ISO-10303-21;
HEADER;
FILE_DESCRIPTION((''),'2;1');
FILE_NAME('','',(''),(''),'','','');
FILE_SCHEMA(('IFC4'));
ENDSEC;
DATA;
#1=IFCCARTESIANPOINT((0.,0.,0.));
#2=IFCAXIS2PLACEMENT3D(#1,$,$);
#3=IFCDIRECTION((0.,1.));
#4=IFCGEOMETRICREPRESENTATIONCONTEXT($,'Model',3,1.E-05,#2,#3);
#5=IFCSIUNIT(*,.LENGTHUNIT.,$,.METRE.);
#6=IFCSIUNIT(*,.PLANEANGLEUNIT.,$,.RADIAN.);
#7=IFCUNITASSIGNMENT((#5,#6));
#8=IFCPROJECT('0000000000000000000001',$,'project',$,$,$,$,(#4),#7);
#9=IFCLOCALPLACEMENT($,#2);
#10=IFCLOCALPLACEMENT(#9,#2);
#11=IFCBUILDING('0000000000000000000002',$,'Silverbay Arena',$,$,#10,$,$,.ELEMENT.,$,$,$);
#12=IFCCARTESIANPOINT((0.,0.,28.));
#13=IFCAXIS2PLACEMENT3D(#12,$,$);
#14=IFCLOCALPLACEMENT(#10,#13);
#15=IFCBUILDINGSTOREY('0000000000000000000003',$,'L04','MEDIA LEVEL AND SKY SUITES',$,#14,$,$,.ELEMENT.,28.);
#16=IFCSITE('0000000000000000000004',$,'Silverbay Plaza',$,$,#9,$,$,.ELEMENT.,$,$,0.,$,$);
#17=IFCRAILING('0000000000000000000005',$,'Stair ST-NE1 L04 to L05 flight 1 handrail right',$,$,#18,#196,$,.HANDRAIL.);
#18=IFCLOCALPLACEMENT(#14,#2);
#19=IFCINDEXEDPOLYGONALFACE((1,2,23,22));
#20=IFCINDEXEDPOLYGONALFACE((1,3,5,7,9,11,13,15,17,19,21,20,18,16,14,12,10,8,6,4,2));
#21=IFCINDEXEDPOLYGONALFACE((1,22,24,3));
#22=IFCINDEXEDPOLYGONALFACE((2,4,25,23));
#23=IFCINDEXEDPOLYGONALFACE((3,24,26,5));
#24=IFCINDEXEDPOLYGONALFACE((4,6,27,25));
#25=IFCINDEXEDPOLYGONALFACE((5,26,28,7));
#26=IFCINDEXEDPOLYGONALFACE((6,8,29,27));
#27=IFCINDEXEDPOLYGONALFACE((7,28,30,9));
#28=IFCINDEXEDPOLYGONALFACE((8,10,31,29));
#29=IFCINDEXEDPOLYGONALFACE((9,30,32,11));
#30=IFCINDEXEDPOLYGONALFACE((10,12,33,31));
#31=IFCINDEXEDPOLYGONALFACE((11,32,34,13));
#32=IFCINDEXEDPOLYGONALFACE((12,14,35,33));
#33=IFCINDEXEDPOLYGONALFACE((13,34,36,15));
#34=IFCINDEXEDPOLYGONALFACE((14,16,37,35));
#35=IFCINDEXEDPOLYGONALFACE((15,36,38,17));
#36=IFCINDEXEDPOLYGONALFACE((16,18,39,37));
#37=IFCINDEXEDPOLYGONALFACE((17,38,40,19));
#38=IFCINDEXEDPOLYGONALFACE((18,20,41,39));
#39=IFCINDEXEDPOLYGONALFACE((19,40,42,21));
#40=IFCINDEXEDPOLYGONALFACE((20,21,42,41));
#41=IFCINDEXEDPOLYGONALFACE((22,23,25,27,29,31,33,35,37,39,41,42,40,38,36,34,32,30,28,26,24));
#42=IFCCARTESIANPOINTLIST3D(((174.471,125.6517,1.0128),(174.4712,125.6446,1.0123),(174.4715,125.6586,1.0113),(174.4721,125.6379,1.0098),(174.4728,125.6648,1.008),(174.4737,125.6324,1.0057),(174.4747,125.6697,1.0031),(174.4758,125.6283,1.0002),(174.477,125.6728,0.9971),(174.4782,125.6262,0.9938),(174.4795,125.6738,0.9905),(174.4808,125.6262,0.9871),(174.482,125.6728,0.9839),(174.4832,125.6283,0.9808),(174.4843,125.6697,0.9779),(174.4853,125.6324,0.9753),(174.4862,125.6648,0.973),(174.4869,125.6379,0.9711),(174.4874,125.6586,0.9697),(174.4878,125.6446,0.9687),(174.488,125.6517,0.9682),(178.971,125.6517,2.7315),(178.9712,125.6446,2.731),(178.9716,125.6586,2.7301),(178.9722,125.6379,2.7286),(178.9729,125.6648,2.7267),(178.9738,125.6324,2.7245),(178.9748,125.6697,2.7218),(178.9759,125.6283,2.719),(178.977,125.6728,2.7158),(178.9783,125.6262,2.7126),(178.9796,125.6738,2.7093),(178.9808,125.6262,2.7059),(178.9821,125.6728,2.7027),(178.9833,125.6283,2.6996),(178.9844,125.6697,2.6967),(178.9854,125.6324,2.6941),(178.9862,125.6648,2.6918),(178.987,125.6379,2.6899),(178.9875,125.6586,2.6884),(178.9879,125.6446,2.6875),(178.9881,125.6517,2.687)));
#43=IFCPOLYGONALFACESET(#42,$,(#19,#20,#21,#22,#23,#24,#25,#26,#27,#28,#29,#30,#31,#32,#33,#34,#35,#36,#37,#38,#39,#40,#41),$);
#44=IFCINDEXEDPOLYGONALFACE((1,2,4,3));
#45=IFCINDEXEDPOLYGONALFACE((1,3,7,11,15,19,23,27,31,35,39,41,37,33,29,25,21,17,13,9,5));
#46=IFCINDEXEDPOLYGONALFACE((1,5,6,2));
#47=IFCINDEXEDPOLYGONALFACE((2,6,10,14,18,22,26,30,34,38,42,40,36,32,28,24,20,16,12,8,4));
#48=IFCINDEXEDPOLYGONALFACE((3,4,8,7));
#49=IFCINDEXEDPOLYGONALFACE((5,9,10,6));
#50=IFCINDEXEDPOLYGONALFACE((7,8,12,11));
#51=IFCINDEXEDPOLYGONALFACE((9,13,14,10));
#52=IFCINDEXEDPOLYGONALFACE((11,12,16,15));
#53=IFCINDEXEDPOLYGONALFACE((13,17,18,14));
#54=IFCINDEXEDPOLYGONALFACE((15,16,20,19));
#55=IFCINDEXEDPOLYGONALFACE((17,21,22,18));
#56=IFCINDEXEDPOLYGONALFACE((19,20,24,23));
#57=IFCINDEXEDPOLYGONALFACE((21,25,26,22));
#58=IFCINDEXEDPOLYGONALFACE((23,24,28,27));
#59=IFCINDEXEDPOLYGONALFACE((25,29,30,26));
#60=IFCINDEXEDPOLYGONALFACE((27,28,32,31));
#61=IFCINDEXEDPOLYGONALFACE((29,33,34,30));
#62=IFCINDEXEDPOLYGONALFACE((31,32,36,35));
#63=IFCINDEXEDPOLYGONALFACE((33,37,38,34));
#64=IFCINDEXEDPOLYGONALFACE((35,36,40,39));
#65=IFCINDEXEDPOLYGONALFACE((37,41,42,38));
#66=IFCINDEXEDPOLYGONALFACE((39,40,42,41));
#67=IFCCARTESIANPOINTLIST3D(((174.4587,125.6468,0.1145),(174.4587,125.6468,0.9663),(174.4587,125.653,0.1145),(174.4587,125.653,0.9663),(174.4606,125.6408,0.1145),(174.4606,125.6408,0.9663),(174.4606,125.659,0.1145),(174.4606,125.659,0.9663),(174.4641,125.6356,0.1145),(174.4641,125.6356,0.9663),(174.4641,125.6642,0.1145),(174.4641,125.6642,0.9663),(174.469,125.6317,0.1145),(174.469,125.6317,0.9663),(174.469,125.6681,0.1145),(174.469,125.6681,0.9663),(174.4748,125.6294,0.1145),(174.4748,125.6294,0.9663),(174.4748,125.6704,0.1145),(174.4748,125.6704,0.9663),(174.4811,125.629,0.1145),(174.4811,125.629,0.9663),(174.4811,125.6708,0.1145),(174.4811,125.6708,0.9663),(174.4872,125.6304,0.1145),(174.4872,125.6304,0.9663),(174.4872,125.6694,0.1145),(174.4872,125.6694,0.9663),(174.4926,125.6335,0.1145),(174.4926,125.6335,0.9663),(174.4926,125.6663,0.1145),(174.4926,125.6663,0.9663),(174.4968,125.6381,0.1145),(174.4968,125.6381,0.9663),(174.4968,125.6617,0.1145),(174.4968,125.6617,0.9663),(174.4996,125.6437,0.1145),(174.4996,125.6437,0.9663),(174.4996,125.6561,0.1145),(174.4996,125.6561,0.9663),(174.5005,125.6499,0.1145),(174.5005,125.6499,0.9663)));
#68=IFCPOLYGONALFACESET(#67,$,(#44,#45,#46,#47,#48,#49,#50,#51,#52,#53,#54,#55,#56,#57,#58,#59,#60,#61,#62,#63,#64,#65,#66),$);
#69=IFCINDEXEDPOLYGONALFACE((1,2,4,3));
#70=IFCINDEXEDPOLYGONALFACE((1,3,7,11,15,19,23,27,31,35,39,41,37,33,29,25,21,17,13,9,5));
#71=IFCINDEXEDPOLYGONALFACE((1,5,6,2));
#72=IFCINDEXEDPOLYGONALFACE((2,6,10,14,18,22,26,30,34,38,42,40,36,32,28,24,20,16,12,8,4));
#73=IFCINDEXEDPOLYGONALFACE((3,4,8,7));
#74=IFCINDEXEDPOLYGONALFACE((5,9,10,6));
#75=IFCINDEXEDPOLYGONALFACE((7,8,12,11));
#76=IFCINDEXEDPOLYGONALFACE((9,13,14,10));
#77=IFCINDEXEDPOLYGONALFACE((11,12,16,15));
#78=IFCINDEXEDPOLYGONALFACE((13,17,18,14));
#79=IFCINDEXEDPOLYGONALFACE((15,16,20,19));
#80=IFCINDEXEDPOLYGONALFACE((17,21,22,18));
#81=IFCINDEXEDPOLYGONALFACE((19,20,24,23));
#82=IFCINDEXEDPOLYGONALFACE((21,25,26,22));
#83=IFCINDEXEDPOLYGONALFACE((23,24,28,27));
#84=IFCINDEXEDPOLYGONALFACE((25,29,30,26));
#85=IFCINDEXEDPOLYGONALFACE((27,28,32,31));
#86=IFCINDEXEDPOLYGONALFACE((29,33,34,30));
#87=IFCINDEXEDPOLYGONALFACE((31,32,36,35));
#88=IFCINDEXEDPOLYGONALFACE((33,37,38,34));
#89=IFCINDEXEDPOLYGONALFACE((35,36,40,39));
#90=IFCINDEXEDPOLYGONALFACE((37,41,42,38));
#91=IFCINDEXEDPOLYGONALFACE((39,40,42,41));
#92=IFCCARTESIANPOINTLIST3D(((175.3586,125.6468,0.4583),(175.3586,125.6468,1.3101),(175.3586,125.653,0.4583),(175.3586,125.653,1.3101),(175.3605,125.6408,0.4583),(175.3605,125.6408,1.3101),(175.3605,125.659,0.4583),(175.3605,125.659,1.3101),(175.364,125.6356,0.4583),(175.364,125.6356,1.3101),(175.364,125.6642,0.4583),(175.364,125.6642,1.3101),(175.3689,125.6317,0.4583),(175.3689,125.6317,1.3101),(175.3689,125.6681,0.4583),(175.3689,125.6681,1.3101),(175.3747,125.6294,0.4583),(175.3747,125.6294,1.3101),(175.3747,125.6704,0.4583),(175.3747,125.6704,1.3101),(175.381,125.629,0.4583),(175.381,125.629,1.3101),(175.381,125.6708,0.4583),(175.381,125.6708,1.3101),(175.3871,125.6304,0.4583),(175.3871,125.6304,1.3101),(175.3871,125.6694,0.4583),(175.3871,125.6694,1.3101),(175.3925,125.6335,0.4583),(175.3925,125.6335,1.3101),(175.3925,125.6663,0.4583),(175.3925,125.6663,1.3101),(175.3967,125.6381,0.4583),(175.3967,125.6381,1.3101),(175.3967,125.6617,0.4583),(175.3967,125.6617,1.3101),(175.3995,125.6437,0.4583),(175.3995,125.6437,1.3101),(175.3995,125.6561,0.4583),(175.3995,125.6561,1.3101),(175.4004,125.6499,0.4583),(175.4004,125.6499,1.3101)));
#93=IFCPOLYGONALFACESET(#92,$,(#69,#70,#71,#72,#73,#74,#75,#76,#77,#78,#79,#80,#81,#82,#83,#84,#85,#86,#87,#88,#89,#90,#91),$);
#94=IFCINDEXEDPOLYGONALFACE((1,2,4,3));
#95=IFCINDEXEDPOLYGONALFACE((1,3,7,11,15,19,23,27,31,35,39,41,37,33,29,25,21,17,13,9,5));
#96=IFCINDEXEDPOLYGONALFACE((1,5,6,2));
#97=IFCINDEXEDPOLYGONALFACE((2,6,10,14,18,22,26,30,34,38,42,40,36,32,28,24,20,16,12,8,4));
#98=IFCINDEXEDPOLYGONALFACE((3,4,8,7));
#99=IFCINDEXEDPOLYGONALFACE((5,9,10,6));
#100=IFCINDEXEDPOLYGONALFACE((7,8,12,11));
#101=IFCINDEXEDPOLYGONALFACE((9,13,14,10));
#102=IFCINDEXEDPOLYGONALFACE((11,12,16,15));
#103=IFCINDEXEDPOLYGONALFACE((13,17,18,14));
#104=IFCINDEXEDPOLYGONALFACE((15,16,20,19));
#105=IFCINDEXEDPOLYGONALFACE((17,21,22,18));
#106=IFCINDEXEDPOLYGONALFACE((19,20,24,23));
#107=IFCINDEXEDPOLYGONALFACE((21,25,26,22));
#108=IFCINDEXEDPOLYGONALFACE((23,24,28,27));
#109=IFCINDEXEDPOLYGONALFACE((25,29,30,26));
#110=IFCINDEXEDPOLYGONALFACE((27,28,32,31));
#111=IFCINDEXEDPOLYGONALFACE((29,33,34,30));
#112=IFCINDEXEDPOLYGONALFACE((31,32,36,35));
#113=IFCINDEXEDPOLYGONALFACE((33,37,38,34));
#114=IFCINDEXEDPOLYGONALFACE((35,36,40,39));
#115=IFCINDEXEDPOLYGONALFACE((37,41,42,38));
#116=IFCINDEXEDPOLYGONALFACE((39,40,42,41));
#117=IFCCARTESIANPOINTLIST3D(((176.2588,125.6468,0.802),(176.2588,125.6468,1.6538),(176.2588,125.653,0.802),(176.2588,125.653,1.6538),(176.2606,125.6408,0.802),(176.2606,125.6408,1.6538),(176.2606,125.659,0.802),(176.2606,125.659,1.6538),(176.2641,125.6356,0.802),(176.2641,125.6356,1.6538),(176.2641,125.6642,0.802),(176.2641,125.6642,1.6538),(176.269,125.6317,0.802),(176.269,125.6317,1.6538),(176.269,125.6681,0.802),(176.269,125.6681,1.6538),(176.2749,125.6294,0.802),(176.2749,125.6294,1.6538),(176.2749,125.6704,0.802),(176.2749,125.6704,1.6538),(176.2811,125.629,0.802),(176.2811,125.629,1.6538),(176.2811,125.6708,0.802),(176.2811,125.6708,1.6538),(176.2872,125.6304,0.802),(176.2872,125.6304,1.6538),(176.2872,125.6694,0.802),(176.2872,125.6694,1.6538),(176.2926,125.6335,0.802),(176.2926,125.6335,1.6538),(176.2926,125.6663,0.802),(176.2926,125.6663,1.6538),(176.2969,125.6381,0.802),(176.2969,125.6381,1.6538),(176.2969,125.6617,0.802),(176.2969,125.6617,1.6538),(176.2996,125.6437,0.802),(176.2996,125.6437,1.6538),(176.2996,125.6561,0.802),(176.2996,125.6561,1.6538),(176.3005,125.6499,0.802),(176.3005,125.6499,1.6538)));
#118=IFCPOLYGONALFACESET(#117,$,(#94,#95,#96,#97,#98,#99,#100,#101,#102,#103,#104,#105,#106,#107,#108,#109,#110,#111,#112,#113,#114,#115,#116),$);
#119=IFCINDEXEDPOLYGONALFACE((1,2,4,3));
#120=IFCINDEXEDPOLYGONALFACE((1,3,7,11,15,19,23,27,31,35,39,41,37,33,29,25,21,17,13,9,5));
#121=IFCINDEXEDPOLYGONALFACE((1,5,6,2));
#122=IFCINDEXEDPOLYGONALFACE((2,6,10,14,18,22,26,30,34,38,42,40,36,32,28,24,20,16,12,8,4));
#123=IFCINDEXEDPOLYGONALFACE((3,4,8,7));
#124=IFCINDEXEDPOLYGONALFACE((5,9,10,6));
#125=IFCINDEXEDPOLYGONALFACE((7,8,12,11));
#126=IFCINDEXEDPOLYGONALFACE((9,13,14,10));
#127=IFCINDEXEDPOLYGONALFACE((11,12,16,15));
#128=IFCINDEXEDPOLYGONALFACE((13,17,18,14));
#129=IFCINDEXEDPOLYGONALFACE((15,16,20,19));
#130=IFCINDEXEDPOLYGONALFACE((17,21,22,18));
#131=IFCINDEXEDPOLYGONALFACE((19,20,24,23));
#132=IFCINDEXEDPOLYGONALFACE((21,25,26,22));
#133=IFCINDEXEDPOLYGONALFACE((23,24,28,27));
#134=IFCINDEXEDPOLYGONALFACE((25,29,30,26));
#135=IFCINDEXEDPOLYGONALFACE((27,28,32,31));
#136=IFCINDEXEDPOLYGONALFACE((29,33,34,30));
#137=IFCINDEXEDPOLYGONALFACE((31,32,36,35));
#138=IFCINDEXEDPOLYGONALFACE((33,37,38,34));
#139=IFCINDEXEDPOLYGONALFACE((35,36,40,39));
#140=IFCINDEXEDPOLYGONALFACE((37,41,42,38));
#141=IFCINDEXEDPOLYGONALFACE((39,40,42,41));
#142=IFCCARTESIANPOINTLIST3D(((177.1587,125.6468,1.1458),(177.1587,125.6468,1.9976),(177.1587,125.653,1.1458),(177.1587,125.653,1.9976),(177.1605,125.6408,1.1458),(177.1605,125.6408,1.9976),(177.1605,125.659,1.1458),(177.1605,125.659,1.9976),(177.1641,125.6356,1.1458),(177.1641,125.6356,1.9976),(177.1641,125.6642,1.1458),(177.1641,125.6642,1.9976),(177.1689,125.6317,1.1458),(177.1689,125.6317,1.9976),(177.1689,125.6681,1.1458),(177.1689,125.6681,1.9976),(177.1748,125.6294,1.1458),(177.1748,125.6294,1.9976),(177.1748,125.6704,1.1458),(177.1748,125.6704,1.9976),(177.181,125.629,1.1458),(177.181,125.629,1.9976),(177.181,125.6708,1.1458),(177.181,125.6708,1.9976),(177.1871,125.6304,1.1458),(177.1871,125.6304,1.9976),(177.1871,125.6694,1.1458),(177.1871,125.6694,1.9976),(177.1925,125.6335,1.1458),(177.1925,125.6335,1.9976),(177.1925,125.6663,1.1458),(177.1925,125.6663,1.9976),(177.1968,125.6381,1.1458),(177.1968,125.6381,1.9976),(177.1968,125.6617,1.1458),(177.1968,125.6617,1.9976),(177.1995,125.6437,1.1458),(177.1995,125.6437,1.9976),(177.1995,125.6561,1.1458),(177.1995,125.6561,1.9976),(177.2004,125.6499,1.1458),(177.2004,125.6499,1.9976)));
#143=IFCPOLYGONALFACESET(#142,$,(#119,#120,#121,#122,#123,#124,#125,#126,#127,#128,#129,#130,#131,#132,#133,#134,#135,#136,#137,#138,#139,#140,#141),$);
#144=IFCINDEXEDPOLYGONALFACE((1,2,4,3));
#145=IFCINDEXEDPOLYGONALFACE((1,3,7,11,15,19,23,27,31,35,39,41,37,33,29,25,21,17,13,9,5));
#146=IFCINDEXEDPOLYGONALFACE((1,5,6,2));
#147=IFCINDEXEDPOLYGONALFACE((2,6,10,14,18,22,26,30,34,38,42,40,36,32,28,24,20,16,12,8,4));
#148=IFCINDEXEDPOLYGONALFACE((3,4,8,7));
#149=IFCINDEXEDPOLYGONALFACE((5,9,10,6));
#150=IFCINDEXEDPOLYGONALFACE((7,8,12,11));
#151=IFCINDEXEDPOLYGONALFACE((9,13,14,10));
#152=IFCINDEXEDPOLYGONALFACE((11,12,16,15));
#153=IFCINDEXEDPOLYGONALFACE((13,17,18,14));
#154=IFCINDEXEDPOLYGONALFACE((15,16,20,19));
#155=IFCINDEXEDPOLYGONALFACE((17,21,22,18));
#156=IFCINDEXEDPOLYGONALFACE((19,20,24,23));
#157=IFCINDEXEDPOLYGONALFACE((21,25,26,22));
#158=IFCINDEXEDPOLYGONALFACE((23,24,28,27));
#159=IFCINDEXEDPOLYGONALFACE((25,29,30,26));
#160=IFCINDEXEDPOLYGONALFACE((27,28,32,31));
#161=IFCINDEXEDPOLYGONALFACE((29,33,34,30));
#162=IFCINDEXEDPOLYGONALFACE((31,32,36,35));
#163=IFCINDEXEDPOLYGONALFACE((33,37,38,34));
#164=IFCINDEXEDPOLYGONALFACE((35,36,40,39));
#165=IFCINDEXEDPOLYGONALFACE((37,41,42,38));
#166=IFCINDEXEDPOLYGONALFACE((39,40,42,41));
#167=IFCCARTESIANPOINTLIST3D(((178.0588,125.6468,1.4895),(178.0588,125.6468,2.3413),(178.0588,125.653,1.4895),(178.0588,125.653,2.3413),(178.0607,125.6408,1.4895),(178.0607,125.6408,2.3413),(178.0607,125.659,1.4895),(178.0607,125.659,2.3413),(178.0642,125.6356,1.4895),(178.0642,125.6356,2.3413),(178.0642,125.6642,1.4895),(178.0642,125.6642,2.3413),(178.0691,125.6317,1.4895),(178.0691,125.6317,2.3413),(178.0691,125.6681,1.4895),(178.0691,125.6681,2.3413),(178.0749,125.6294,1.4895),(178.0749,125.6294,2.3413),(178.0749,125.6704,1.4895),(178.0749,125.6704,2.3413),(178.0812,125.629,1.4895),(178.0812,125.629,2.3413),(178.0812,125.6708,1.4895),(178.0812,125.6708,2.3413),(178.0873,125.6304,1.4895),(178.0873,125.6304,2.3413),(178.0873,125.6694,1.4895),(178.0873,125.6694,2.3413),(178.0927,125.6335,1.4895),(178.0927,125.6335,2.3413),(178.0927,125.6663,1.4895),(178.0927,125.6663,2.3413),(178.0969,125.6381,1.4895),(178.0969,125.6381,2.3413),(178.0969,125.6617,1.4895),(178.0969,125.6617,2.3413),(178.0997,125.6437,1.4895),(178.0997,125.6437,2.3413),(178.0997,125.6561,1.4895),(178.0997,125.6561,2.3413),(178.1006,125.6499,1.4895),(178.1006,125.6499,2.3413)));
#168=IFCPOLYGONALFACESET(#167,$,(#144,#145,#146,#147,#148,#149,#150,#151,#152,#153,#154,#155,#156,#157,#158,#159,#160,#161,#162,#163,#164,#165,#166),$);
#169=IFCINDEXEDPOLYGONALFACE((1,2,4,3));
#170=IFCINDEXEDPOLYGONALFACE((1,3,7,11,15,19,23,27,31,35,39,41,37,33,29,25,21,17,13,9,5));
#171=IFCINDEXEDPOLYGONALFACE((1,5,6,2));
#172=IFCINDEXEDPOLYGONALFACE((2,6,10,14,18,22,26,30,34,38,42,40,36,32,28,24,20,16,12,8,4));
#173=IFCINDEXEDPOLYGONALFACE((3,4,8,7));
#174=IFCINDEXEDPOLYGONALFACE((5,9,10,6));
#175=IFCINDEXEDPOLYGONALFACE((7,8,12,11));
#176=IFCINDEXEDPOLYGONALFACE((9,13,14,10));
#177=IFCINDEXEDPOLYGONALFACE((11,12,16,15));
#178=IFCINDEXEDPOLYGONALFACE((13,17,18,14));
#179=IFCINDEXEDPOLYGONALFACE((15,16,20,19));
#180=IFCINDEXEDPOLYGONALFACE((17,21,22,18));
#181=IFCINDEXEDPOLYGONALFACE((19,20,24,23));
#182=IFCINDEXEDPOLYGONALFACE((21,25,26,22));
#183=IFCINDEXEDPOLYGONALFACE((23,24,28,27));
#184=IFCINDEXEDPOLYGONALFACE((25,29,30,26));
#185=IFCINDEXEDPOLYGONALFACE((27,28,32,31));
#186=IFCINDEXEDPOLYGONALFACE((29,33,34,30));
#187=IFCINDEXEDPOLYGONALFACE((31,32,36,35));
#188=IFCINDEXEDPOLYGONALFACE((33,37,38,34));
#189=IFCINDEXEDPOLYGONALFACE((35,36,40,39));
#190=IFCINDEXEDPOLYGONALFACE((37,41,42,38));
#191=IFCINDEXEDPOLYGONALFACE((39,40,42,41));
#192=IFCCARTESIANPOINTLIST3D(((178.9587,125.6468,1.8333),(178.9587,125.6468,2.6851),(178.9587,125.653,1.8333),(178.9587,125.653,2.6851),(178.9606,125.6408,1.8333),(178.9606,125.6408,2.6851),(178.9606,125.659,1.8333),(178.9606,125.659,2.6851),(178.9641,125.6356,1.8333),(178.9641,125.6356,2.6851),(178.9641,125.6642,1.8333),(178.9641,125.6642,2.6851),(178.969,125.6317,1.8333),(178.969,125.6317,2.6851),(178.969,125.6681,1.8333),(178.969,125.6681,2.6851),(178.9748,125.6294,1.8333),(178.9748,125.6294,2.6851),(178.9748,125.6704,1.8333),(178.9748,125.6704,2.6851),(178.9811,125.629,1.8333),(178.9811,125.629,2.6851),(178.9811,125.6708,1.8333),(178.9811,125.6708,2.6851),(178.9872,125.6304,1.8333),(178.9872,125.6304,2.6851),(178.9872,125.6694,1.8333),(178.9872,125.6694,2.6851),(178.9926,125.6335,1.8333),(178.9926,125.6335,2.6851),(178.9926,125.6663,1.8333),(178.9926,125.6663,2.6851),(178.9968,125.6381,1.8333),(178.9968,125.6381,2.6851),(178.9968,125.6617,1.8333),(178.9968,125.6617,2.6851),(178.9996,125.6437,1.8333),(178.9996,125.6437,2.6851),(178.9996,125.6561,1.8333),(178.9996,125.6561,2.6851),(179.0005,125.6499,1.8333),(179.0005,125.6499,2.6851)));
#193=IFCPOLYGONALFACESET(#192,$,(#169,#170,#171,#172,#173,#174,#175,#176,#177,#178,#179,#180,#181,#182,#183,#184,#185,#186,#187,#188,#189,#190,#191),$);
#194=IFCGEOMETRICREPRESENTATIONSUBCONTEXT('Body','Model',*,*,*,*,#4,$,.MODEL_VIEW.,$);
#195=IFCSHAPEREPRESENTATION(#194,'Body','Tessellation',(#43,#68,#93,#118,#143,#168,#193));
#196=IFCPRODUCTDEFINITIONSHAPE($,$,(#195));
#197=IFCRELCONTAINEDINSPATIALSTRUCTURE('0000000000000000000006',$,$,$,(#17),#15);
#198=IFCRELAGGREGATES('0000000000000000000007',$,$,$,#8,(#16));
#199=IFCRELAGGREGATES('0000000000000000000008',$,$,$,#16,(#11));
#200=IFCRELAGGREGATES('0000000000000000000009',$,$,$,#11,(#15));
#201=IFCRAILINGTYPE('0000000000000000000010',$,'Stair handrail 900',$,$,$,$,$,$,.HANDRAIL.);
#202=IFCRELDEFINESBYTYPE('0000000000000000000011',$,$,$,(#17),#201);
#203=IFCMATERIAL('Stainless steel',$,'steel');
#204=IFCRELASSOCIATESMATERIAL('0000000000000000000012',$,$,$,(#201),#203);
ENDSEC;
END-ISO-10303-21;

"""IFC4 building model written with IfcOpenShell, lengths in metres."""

from ifc_helpers import new_model, si_unit, direction, frame, origin, origin_2d, place, context, subcontext, project, spatial, circle, extrude, material, type_object, element, save


model = new_model("IFC4")

# Units and contexts
model_context = context("Model", 3, precision=1e-05, world=origin(), true_north=direction((0.0, 1.0)))
body_context = subcontext(model_context, "Body", "Model", "MODEL_VIEW")
ifc_project = project(units=[si_unit("LENGTHUNIT", "METRE"), si_unit("PLANEANGLEUNIT", "RADIAN")], contexts=[model_context])

# Site, building, storey
site_placement = place(None, origin())
site = spatial("IfcSite", under=ifc_project, at=site_placement, Name="Silverbay Plaza", CompositionType="ELEMENT", RefElevation=0.0)
building_placement = place(site_placement, origin())
building = spatial("IfcBuilding", under=site, at=building_placement, Name="Silverbay Arena", CompositionType="ELEMENT")
storey_placement = place(building_placement, frame((0.0, 0.0, 28.0)))
storey = spatial("IfcBuildingStorey", under=building, at=storey_placement, Name="L04", Description="MEDIA LEVEL AND SKY SUITES", CompositionType="ELEMENT", Elevation=28.0)

# Railing
ifc_material_1 = material(Name="Stainless steel", Category="steel")
railing_type_1 = type_object("IfcRailingType", Name="Stair handrail 900", PredefinedType="HANDRAIL", material=ifc_material_1)
for number, where, name in (
    (1, (174.4795, 125.6499, 0.1145), "Stair ST-NE1 L04 to L05 flight 1 handrail right"),
):
    element("IfcRailing", number, at=place(storey_placement, frame(where)), inside=storey, type_object=railing_type_1, Name=name, PredefinedType="HANDRAIL", context=body_context, shape_type="SweptSolid", body=[
        extrude(circle(Radius=0.0239, at=origin_2d()), frame((0.0, 0.0, 0.876), z_axis=(0.934179, 0.0, 0.356805), x_axis=(0.0, 1.0, 0.0)), (0.0, 0.0, 1.0), 4.8171),
        extrude(circle(Radius=0.021, at=origin_2d()), origin(), (0.0, 0.0, 1.0), 0.8518),
        extrude(circle(Radius=0.021, at=origin_2d()), frame((0.8999, 0.0, 0.3438)), (0.0, 0.0, 1.0), 0.8518),
        extrude(circle(Radius=0.021, at=origin_2d()), frame((1.8, 0.0, 0.6875)), (0.0, 0.0, 1.0), 0.8518),
        extrude(circle(Radius=0.021, at=origin_2d()), frame((2.7, 0.0, 1.0312)), (0.0, 0.0, 1.0), 0.8518),
        extrude(circle(Radius=0.021, at=origin_2d()), frame((3.6001, 0.0, 1.375)), (0.0, 0.0, 1.0), 0.8518),
        extrude(circle(Radius=0.021, at=origin_2d()), frame((4.5, 0.0, 1.7188)), (0.0, 0.0, 1.0), 0.8518),
    ])

save(model, "model.ifc")
